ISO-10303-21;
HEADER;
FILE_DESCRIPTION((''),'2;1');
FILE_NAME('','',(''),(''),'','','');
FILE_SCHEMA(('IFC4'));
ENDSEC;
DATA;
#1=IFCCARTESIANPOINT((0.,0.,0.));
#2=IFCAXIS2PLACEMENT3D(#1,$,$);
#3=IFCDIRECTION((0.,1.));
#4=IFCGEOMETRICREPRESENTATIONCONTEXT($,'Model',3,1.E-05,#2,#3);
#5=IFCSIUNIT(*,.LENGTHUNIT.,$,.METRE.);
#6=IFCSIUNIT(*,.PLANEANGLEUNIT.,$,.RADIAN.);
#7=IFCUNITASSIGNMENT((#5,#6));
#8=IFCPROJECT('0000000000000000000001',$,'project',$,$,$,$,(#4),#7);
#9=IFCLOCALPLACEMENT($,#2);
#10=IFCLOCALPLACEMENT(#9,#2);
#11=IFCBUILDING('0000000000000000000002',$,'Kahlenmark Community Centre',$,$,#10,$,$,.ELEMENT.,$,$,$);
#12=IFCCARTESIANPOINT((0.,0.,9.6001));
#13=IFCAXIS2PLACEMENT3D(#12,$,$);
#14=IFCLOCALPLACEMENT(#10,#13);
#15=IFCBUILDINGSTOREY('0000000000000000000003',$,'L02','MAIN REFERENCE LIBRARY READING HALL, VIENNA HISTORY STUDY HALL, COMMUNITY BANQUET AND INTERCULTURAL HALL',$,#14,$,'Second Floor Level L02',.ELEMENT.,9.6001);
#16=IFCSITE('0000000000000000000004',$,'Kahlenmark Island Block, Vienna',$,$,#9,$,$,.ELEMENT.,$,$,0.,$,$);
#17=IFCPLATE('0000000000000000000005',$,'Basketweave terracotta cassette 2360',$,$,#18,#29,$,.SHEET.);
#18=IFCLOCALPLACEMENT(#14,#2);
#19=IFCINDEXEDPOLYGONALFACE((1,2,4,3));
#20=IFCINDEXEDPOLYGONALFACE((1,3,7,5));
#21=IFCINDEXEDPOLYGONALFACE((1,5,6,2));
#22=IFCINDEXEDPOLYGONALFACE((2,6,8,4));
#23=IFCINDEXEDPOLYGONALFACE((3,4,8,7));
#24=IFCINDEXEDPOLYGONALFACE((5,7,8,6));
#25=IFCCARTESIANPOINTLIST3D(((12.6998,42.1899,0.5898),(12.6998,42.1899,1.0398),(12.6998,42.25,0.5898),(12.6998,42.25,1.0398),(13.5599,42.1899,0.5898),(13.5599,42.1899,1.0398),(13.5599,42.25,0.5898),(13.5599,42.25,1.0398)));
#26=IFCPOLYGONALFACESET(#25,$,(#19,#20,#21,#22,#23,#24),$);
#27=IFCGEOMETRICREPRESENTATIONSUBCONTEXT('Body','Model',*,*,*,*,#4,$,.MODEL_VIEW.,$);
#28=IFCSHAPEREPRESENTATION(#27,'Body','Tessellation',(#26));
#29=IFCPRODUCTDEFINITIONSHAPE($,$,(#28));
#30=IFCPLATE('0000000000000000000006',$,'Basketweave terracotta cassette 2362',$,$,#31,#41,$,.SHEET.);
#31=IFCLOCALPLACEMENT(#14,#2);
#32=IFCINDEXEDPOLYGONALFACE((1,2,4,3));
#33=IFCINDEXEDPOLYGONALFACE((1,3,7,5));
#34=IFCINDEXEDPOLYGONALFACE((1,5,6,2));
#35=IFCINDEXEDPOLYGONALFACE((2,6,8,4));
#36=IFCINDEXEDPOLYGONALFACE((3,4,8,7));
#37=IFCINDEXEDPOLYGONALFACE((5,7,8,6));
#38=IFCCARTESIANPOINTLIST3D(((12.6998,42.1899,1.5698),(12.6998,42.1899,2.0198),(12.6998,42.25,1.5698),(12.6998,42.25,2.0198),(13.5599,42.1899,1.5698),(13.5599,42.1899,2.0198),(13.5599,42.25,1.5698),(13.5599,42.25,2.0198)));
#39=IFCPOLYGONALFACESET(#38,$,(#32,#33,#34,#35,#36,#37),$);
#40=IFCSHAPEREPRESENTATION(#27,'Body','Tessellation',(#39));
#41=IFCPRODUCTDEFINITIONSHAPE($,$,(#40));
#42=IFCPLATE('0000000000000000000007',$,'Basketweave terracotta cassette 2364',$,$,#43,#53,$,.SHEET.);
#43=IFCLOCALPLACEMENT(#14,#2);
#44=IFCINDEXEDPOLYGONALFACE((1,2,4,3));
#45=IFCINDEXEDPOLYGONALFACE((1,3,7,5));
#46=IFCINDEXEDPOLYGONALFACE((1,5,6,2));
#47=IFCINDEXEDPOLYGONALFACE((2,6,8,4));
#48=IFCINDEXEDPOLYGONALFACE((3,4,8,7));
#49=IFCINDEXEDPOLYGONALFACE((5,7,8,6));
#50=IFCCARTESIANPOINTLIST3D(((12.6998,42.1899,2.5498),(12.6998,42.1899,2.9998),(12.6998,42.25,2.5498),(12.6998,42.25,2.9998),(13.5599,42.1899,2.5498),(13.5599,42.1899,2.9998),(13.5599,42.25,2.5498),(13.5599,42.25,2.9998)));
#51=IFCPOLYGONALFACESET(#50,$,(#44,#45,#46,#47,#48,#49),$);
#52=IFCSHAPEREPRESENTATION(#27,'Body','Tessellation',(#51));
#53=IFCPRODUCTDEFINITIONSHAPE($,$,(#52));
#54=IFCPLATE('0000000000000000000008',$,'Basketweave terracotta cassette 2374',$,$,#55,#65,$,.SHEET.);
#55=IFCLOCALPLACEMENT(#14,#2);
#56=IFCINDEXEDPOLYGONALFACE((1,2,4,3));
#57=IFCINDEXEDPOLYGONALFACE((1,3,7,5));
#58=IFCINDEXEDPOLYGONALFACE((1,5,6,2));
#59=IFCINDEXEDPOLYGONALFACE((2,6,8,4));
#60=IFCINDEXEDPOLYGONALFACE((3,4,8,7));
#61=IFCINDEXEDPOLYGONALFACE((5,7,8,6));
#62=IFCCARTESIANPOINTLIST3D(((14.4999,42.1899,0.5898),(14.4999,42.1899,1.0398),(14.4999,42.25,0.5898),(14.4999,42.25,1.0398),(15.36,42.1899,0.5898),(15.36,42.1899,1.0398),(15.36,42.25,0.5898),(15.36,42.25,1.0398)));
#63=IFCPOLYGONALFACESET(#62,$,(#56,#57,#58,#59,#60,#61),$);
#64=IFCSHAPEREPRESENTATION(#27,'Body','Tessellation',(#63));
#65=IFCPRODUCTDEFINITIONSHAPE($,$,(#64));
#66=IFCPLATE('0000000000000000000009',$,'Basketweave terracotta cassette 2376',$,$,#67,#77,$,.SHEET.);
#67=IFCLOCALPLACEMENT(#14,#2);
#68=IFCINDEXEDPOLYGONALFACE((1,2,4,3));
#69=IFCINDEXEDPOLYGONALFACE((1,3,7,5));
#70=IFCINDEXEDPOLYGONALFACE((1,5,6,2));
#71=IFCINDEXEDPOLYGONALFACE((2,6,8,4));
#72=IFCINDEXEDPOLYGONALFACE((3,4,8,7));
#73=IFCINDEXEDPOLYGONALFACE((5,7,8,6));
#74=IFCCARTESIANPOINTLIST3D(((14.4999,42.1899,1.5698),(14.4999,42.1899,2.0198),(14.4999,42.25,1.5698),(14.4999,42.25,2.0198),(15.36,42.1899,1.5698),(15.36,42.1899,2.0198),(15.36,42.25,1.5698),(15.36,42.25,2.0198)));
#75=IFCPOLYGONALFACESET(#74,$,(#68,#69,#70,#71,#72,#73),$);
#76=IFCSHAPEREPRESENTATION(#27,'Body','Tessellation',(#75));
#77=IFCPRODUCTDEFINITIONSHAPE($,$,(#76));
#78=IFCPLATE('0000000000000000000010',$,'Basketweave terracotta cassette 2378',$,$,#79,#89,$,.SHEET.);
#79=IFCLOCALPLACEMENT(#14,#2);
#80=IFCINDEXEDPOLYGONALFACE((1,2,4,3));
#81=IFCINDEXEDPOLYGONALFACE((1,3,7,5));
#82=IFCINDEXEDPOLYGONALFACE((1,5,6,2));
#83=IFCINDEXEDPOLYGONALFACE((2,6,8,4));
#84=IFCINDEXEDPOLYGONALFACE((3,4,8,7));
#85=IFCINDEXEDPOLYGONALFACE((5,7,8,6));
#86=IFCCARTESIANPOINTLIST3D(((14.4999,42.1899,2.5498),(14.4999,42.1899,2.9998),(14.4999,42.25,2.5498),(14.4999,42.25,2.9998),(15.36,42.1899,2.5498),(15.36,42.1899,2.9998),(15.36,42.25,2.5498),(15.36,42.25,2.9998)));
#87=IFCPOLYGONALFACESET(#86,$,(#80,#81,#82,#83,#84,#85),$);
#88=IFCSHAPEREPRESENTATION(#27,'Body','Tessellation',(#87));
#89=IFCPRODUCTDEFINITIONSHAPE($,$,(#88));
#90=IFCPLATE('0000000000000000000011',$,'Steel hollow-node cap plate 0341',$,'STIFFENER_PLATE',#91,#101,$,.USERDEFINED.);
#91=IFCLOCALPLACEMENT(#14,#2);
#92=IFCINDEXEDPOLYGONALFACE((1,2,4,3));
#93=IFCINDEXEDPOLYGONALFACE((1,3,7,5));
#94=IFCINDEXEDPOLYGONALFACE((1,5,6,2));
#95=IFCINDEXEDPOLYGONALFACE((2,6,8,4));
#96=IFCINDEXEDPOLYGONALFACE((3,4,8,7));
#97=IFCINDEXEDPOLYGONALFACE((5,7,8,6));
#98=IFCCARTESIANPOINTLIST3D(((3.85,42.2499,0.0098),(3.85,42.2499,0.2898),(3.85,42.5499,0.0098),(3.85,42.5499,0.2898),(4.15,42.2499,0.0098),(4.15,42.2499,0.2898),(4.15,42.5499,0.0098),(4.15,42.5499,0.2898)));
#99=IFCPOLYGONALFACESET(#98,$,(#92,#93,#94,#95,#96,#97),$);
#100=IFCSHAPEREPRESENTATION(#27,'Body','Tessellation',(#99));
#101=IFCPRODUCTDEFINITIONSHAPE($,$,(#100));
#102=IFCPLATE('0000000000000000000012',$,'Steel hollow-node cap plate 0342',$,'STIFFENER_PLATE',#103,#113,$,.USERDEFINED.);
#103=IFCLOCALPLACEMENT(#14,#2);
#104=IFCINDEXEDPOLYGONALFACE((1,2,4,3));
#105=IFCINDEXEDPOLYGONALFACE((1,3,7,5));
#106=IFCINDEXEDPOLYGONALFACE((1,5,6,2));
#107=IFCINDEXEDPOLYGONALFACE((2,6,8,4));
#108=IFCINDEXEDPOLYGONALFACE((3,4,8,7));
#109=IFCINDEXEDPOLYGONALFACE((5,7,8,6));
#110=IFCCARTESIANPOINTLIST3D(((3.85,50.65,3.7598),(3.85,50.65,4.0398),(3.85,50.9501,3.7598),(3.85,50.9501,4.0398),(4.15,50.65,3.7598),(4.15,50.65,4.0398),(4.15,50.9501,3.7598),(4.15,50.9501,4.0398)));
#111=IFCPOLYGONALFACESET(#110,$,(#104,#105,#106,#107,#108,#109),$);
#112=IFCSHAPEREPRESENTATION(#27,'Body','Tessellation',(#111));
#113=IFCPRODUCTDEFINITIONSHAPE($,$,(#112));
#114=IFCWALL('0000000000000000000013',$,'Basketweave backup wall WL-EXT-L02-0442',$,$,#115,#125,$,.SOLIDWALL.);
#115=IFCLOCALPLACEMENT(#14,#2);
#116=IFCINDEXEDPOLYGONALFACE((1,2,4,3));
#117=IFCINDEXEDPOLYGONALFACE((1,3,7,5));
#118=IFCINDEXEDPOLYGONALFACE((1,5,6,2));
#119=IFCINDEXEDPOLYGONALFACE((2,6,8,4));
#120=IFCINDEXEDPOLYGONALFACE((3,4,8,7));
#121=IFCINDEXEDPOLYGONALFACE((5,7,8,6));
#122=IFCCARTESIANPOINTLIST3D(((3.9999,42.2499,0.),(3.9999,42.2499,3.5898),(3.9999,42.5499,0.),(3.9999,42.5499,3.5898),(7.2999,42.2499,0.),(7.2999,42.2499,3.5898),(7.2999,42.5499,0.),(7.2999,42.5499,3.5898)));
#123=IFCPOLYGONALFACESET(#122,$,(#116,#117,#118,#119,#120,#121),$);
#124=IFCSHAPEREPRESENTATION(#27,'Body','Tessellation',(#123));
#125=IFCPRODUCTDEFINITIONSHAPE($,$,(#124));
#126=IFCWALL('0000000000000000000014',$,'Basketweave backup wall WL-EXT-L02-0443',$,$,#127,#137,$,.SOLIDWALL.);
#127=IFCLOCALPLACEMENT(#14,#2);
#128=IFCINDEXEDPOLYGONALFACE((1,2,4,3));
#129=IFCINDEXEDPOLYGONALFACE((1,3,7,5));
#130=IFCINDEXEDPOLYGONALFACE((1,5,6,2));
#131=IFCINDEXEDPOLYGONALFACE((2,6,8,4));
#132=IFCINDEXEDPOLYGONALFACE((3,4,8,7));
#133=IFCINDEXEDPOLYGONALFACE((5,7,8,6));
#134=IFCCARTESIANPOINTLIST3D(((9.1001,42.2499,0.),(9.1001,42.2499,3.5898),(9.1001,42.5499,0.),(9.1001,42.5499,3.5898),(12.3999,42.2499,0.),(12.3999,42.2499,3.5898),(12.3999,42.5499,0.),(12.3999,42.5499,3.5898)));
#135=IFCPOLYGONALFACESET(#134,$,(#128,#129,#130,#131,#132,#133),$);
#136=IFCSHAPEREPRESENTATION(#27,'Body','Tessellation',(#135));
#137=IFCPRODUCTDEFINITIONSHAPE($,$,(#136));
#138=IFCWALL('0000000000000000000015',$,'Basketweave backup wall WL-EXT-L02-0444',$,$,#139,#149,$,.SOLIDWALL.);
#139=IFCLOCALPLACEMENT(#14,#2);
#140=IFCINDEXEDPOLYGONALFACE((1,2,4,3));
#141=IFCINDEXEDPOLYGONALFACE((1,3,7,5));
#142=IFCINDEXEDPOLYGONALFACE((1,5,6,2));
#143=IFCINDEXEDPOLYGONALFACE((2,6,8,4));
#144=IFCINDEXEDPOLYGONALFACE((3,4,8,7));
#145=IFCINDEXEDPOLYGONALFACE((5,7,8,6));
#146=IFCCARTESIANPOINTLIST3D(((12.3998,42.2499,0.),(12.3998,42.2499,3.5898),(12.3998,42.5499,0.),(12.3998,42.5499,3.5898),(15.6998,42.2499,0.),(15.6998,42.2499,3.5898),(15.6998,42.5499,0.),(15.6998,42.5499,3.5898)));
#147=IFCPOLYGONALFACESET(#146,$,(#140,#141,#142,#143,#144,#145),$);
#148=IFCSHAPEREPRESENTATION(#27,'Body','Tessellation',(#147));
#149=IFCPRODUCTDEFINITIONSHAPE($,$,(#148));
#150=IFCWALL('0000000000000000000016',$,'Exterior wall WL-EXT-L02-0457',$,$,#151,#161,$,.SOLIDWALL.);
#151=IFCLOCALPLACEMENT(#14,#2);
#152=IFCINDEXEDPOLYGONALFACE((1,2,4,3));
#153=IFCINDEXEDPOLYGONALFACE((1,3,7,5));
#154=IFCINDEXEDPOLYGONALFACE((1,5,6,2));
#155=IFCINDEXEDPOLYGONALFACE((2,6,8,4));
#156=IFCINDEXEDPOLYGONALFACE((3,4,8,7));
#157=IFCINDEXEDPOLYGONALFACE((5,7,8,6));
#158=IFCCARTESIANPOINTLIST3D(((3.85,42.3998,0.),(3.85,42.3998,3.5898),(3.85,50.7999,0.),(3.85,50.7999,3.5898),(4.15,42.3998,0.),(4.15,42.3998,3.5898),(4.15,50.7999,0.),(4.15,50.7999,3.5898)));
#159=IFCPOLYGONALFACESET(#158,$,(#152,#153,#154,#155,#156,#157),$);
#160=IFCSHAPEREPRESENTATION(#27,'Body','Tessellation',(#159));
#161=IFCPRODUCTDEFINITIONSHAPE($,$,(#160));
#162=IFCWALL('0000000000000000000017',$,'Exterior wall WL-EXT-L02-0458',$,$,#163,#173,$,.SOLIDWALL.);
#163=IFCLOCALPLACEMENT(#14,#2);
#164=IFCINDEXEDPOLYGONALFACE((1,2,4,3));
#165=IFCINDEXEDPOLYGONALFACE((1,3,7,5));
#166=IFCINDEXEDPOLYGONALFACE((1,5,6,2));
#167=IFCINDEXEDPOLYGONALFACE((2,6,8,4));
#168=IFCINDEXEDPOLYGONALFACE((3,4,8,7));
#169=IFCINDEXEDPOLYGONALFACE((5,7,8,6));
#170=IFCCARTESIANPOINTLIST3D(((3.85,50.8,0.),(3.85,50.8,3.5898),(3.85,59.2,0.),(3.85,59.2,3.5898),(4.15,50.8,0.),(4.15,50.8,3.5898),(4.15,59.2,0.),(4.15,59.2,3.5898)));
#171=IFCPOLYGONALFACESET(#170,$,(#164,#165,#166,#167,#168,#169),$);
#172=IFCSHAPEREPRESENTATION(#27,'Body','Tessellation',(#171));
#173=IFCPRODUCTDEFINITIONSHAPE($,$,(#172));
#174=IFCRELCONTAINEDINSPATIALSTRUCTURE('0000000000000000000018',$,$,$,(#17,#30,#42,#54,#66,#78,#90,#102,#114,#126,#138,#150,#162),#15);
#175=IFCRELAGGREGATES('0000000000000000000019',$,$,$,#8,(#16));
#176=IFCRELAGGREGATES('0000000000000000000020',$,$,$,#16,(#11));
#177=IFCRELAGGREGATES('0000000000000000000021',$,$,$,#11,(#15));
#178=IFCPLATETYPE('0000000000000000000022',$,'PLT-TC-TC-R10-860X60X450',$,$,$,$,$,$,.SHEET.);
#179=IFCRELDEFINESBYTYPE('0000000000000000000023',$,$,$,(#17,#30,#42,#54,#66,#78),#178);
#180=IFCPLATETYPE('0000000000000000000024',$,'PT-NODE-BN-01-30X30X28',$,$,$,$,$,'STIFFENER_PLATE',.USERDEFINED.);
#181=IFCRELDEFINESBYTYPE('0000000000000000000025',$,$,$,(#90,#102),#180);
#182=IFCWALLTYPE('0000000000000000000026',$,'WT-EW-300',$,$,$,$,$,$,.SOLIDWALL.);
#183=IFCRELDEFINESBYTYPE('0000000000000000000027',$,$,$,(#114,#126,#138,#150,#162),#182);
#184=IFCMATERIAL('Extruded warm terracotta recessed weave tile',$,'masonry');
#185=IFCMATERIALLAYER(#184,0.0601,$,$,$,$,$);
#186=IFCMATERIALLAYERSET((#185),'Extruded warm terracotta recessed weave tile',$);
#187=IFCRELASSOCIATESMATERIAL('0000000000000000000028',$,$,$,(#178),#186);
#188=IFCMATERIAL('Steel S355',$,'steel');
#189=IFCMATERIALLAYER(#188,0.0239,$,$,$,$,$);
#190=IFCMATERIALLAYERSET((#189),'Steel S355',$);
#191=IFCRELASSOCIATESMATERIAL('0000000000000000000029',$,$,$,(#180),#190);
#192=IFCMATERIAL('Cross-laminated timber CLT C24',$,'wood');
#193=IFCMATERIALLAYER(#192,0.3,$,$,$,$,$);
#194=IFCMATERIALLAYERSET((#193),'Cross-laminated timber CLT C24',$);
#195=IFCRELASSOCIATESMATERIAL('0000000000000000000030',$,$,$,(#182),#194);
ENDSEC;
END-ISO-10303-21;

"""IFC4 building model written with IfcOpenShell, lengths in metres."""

from ifc_helpers import new_model, si_unit, direction, frame, frame_2d, origin, origin_2d, place, context, subcontext, project, spatial, rectangle, extrude, material, layer, layer_set, type_object, element, save


model = new_model("IFC4")

# Units and contexts
model_context = context("Model", 3, precision=1e-05, world=origin(), true_north=direction((0.0, 1.0)))
body_context = subcontext(model_context, "Body", "Model", "MODEL_VIEW")
ifc_project = project(units=[si_unit("LENGTHUNIT", "METRE"), si_unit("PLANEANGLEUNIT", "RADIAN")], contexts=[model_context])

# Site, building, storey
site_placement = place(None, origin())
site = spatial("IfcSite", under=ifc_project, at=site_placement, Name="Kahlenmark Island Block, Vienna", CompositionType="ELEMENT", RefElevation=0.0)
building_placement = place(site_placement, origin())
building = spatial("IfcBuilding", under=site, at=building_placement, Name="Kahlenmark Community Centre", CompositionType="ELEMENT")
storey_placement = place(building_placement, frame((0.0, 0.0, 9.6001)))
storey = spatial("IfcBuildingStorey", under=building, at=storey_placement, Name="L02", Description="MAIN REFERENCE LIBRARY READING HALL, VIENNA HISTORY STUDY HALL, COMMUNITY BANQUET AND INTERCULTURAL HALL", LongName="Second Floor Level L02", CompositionType="ELEMENT", Elevation=9.6001)

# Shared definitions
ifc_material_1 = material(Name="Steel S355", Category="steel")

# Plates
ifc_material_2 = material(Name="Extruded warm terracotta recessed weave tile", Category="masonry")
ifc_layer_1 = layer(ifc_material_2, 0.0601)
ifc_layer_set_1 = layer_set([ifc_layer_1], Name="Extruded warm terracotta recessed weave tile")
plate_type_1 = type_object("IfcPlateType", Name="PLT-TC-TC-R10-860X60X450", PredefinedType="SHEET", material=ifc_layer_set_1)
for number, where, z_axis, x_axis, name in (
    (1, (13.1299, 42.22, 0.5898), (0.0, 0.0, 1.0), (1.0, 0.0, 0.0), "Basketweave terracotta cassette 2360"),
    (2, (13.1299, 42.22, 1.5698), (0.0, 0.0, 1.0), (1.0, 0.0, 0.0), "Basketweave terracotta cassette 2362"),
    (3, (13.1299, 42.22, 2.5498), (0.0, 0.0, 1.0), (1.0, 0.0, 0.0), "Basketweave terracotta cassette 2364"),
    (4, (14.9299, 42.22, 0.5898), (0.0, 0.0, 1.0), (1.0, 0.0, 0.0), "Basketweave terracotta cassette 2374"),
    (5, (14.9299, 42.22, 1.5698), (0.0, 0.0, 1.0), (1.0, 0.0, 0.0), "Basketweave terracotta cassette 2376"),
    (6, (14.9299, 42.22, 2.5498), (0.0, 0.0, 1.0), (1.0, 0.0, 0.0), "Basketweave terracotta cassette 2378"),
):
    element("IfcPlate", number, at=place(storey_placement, frame(where, z_axis=z_axis, x_axis=x_axis)), inside=storey, type_object=plate_type_1, Name=name, PredefinedType="SHEET", context=body_context, shape_type="SweptSolid", body=[
        extrude(rectangle(XDim=0.8601, YDim=0.0601, at=origin_2d()), origin(), (0.0, 0.0, 1.0), 0.45),
    ])
ifc_layer_2 = layer(ifc_material_1, 0.0239)
ifc_layer_set_2 = layer_set([ifc_layer_2], Name="Steel S355")
plate_type_2 = type_object("IfcPlateType", Name="PT-NODE-BN-01-30X30X28", ElementType="STIFFENER_PLATE", PredefinedType="USERDEFINED", material=ifc_layer_set_2)
for number, where, z_axis, x_axis, name in (
    (7, (4.0, 42.3999, 0.0098), (0.0, 0.0, 1.0), (1.0, 0.0, 0.0), "Steel hollow-node cap plate 0341"),
    (8, (4.0, 50.8, 3.7598), (0.0, 0.0, 1.0), (1.0, 0.0, 0.0), "Steel hollow-node cap plate 0342"),
):
    element("IfcPlate", number, at=place(storey_placement, frame(where, z_axis=z_axis, x_axis=x_axis)), inside=storey, type_object=plate_type_2, Name=name, ObjectType="STIFFENER_PLATE", PredefinedType="USERDEFINED", context=body_context, shape_type="SweptSolid", body=[
        extrude(rectangle(XDim=0.3, YDim=0.3, at=origin_2d()), origin(), (0.0, 0.0, 1.0), 0.28),
    ])

# Walls
ifc_material_3 = material(Name="Cross-laminated timber CLT C24", Category="wood")
ifc_layer_3 = layer(ifc_material_3, 0.3)
ifc_layer_set_3 = layer_set([ifc_layer_3], Name="Cross-laminated timber CLT C24")
wall_type = type_object("IfcWallType", Name="WT-EW-300", PredefinedType="SOLIDWALL", material=ifc_layer_set_3)
wall_1_placement = place(storey_placement, frame((4.0, 42.3999, 0.0), z_axis=(0.0, 0.0, 1.0), x_axis=(1.0, 0.0, 0.0)))
element("IfcWall", 9, at=wall_1_placement, inside=storey, type_object=wall_type, Name="Basketweave backup wall WL-EXT-L02-0442", PredefinedType="SOLIDWALL", context=body_context, shape_type="SweptSolid", body=[
    extrude(rectangle(XDim=3.3, YDim=0.3, at=frame_2d((1.6499, 0.0))), origin(), (0.0, 0.0, 1.0), 3.5898),
])
wall_2_placement = place(storey_placement, frame((9.1001, 42.3999, 0.0), z_axis=(0.0, 0.0, 1.0), x_axis=(1.0, 0.0, 0.0)))
element("IfcWall", 10, at=wall_2_placement, inside=storey, type_object=wall_type, Name="Basketweave backup wall WL-EXT-L02-0443", PredefinedType="SOLIDWALL", context=body_context, shape_type="SweptSolid", body=[
    extrude(rectangle(XDim=3.2998, YDim=0.3, at=frame_2d((1.6499, 0.0))), origin(), (0.0, 0.0, 1.0), 3.5898),
])
wall_3_placement = place(storey_placement, frame((12.3999, 42.3999, 0.0), z_axis=(0.0, 0.0, 1.0), x_axis=(1.0, 0.0, 0.0)))
element("IfcWall", 11, at=wall_3_placement, inside=storey, type_object=wall_type, Name="Basketweave backup wall WL-EXT-L02-0444", PredefinedType="SOLIDWALL", context=body_context, shape_type="SweptSolid", body=[
    extrude(rectangle(XDim=3.3, YDim=0.3, at=frame_2d((1.6499, 0.0))), origin(), (0.0, 0.0, 1.0), 3.5898),
])
wall_4_placement = place(storey_placement, frame((4.0, 50.8, 0.0), z_axis=(0.0, 0.0, 1.0), x_axis=(0.0, -1.0, 0.0)))
element("IfcWall", 12, at=wall_4_placement, inside=storey, type_object=wall_type, Name="Exterior wall WL-EXT-L02-0457", PredefinedType="SOLIDWALL", context=body_context, shape_type="SweptSolid", body=[
    extrude(rectangle(XDim=8.4001, YDim=0.3, at=frame_2d((4.2002, 0.0))), origin(), (0.0, 0.0, 1.0), 3.5898),
])
wall_5_placement = place(storey_placement, frame((4.0, 59.2, 0.0), z_axis=(0.0, 0.0, 1.0), x_axis=(0.0, -1.0, 0.0)))
element("IfcWall", 13, at=wall_5_placement, inside=storey, type_object=wall_type, Name="Exterior wall WL-EXT-L02-0458", PredefinedType="SOLIDWALL", context=body_context, shape_type="SweptSolid", body=[
    extrude(rectangle(XDim=8.3999, YDim=0.3, at=frame_2d((4.2, 0.0))), origin(), (0.0, 0.0, 1.0), 3.5898),
])

save(model, "model.ifc")
